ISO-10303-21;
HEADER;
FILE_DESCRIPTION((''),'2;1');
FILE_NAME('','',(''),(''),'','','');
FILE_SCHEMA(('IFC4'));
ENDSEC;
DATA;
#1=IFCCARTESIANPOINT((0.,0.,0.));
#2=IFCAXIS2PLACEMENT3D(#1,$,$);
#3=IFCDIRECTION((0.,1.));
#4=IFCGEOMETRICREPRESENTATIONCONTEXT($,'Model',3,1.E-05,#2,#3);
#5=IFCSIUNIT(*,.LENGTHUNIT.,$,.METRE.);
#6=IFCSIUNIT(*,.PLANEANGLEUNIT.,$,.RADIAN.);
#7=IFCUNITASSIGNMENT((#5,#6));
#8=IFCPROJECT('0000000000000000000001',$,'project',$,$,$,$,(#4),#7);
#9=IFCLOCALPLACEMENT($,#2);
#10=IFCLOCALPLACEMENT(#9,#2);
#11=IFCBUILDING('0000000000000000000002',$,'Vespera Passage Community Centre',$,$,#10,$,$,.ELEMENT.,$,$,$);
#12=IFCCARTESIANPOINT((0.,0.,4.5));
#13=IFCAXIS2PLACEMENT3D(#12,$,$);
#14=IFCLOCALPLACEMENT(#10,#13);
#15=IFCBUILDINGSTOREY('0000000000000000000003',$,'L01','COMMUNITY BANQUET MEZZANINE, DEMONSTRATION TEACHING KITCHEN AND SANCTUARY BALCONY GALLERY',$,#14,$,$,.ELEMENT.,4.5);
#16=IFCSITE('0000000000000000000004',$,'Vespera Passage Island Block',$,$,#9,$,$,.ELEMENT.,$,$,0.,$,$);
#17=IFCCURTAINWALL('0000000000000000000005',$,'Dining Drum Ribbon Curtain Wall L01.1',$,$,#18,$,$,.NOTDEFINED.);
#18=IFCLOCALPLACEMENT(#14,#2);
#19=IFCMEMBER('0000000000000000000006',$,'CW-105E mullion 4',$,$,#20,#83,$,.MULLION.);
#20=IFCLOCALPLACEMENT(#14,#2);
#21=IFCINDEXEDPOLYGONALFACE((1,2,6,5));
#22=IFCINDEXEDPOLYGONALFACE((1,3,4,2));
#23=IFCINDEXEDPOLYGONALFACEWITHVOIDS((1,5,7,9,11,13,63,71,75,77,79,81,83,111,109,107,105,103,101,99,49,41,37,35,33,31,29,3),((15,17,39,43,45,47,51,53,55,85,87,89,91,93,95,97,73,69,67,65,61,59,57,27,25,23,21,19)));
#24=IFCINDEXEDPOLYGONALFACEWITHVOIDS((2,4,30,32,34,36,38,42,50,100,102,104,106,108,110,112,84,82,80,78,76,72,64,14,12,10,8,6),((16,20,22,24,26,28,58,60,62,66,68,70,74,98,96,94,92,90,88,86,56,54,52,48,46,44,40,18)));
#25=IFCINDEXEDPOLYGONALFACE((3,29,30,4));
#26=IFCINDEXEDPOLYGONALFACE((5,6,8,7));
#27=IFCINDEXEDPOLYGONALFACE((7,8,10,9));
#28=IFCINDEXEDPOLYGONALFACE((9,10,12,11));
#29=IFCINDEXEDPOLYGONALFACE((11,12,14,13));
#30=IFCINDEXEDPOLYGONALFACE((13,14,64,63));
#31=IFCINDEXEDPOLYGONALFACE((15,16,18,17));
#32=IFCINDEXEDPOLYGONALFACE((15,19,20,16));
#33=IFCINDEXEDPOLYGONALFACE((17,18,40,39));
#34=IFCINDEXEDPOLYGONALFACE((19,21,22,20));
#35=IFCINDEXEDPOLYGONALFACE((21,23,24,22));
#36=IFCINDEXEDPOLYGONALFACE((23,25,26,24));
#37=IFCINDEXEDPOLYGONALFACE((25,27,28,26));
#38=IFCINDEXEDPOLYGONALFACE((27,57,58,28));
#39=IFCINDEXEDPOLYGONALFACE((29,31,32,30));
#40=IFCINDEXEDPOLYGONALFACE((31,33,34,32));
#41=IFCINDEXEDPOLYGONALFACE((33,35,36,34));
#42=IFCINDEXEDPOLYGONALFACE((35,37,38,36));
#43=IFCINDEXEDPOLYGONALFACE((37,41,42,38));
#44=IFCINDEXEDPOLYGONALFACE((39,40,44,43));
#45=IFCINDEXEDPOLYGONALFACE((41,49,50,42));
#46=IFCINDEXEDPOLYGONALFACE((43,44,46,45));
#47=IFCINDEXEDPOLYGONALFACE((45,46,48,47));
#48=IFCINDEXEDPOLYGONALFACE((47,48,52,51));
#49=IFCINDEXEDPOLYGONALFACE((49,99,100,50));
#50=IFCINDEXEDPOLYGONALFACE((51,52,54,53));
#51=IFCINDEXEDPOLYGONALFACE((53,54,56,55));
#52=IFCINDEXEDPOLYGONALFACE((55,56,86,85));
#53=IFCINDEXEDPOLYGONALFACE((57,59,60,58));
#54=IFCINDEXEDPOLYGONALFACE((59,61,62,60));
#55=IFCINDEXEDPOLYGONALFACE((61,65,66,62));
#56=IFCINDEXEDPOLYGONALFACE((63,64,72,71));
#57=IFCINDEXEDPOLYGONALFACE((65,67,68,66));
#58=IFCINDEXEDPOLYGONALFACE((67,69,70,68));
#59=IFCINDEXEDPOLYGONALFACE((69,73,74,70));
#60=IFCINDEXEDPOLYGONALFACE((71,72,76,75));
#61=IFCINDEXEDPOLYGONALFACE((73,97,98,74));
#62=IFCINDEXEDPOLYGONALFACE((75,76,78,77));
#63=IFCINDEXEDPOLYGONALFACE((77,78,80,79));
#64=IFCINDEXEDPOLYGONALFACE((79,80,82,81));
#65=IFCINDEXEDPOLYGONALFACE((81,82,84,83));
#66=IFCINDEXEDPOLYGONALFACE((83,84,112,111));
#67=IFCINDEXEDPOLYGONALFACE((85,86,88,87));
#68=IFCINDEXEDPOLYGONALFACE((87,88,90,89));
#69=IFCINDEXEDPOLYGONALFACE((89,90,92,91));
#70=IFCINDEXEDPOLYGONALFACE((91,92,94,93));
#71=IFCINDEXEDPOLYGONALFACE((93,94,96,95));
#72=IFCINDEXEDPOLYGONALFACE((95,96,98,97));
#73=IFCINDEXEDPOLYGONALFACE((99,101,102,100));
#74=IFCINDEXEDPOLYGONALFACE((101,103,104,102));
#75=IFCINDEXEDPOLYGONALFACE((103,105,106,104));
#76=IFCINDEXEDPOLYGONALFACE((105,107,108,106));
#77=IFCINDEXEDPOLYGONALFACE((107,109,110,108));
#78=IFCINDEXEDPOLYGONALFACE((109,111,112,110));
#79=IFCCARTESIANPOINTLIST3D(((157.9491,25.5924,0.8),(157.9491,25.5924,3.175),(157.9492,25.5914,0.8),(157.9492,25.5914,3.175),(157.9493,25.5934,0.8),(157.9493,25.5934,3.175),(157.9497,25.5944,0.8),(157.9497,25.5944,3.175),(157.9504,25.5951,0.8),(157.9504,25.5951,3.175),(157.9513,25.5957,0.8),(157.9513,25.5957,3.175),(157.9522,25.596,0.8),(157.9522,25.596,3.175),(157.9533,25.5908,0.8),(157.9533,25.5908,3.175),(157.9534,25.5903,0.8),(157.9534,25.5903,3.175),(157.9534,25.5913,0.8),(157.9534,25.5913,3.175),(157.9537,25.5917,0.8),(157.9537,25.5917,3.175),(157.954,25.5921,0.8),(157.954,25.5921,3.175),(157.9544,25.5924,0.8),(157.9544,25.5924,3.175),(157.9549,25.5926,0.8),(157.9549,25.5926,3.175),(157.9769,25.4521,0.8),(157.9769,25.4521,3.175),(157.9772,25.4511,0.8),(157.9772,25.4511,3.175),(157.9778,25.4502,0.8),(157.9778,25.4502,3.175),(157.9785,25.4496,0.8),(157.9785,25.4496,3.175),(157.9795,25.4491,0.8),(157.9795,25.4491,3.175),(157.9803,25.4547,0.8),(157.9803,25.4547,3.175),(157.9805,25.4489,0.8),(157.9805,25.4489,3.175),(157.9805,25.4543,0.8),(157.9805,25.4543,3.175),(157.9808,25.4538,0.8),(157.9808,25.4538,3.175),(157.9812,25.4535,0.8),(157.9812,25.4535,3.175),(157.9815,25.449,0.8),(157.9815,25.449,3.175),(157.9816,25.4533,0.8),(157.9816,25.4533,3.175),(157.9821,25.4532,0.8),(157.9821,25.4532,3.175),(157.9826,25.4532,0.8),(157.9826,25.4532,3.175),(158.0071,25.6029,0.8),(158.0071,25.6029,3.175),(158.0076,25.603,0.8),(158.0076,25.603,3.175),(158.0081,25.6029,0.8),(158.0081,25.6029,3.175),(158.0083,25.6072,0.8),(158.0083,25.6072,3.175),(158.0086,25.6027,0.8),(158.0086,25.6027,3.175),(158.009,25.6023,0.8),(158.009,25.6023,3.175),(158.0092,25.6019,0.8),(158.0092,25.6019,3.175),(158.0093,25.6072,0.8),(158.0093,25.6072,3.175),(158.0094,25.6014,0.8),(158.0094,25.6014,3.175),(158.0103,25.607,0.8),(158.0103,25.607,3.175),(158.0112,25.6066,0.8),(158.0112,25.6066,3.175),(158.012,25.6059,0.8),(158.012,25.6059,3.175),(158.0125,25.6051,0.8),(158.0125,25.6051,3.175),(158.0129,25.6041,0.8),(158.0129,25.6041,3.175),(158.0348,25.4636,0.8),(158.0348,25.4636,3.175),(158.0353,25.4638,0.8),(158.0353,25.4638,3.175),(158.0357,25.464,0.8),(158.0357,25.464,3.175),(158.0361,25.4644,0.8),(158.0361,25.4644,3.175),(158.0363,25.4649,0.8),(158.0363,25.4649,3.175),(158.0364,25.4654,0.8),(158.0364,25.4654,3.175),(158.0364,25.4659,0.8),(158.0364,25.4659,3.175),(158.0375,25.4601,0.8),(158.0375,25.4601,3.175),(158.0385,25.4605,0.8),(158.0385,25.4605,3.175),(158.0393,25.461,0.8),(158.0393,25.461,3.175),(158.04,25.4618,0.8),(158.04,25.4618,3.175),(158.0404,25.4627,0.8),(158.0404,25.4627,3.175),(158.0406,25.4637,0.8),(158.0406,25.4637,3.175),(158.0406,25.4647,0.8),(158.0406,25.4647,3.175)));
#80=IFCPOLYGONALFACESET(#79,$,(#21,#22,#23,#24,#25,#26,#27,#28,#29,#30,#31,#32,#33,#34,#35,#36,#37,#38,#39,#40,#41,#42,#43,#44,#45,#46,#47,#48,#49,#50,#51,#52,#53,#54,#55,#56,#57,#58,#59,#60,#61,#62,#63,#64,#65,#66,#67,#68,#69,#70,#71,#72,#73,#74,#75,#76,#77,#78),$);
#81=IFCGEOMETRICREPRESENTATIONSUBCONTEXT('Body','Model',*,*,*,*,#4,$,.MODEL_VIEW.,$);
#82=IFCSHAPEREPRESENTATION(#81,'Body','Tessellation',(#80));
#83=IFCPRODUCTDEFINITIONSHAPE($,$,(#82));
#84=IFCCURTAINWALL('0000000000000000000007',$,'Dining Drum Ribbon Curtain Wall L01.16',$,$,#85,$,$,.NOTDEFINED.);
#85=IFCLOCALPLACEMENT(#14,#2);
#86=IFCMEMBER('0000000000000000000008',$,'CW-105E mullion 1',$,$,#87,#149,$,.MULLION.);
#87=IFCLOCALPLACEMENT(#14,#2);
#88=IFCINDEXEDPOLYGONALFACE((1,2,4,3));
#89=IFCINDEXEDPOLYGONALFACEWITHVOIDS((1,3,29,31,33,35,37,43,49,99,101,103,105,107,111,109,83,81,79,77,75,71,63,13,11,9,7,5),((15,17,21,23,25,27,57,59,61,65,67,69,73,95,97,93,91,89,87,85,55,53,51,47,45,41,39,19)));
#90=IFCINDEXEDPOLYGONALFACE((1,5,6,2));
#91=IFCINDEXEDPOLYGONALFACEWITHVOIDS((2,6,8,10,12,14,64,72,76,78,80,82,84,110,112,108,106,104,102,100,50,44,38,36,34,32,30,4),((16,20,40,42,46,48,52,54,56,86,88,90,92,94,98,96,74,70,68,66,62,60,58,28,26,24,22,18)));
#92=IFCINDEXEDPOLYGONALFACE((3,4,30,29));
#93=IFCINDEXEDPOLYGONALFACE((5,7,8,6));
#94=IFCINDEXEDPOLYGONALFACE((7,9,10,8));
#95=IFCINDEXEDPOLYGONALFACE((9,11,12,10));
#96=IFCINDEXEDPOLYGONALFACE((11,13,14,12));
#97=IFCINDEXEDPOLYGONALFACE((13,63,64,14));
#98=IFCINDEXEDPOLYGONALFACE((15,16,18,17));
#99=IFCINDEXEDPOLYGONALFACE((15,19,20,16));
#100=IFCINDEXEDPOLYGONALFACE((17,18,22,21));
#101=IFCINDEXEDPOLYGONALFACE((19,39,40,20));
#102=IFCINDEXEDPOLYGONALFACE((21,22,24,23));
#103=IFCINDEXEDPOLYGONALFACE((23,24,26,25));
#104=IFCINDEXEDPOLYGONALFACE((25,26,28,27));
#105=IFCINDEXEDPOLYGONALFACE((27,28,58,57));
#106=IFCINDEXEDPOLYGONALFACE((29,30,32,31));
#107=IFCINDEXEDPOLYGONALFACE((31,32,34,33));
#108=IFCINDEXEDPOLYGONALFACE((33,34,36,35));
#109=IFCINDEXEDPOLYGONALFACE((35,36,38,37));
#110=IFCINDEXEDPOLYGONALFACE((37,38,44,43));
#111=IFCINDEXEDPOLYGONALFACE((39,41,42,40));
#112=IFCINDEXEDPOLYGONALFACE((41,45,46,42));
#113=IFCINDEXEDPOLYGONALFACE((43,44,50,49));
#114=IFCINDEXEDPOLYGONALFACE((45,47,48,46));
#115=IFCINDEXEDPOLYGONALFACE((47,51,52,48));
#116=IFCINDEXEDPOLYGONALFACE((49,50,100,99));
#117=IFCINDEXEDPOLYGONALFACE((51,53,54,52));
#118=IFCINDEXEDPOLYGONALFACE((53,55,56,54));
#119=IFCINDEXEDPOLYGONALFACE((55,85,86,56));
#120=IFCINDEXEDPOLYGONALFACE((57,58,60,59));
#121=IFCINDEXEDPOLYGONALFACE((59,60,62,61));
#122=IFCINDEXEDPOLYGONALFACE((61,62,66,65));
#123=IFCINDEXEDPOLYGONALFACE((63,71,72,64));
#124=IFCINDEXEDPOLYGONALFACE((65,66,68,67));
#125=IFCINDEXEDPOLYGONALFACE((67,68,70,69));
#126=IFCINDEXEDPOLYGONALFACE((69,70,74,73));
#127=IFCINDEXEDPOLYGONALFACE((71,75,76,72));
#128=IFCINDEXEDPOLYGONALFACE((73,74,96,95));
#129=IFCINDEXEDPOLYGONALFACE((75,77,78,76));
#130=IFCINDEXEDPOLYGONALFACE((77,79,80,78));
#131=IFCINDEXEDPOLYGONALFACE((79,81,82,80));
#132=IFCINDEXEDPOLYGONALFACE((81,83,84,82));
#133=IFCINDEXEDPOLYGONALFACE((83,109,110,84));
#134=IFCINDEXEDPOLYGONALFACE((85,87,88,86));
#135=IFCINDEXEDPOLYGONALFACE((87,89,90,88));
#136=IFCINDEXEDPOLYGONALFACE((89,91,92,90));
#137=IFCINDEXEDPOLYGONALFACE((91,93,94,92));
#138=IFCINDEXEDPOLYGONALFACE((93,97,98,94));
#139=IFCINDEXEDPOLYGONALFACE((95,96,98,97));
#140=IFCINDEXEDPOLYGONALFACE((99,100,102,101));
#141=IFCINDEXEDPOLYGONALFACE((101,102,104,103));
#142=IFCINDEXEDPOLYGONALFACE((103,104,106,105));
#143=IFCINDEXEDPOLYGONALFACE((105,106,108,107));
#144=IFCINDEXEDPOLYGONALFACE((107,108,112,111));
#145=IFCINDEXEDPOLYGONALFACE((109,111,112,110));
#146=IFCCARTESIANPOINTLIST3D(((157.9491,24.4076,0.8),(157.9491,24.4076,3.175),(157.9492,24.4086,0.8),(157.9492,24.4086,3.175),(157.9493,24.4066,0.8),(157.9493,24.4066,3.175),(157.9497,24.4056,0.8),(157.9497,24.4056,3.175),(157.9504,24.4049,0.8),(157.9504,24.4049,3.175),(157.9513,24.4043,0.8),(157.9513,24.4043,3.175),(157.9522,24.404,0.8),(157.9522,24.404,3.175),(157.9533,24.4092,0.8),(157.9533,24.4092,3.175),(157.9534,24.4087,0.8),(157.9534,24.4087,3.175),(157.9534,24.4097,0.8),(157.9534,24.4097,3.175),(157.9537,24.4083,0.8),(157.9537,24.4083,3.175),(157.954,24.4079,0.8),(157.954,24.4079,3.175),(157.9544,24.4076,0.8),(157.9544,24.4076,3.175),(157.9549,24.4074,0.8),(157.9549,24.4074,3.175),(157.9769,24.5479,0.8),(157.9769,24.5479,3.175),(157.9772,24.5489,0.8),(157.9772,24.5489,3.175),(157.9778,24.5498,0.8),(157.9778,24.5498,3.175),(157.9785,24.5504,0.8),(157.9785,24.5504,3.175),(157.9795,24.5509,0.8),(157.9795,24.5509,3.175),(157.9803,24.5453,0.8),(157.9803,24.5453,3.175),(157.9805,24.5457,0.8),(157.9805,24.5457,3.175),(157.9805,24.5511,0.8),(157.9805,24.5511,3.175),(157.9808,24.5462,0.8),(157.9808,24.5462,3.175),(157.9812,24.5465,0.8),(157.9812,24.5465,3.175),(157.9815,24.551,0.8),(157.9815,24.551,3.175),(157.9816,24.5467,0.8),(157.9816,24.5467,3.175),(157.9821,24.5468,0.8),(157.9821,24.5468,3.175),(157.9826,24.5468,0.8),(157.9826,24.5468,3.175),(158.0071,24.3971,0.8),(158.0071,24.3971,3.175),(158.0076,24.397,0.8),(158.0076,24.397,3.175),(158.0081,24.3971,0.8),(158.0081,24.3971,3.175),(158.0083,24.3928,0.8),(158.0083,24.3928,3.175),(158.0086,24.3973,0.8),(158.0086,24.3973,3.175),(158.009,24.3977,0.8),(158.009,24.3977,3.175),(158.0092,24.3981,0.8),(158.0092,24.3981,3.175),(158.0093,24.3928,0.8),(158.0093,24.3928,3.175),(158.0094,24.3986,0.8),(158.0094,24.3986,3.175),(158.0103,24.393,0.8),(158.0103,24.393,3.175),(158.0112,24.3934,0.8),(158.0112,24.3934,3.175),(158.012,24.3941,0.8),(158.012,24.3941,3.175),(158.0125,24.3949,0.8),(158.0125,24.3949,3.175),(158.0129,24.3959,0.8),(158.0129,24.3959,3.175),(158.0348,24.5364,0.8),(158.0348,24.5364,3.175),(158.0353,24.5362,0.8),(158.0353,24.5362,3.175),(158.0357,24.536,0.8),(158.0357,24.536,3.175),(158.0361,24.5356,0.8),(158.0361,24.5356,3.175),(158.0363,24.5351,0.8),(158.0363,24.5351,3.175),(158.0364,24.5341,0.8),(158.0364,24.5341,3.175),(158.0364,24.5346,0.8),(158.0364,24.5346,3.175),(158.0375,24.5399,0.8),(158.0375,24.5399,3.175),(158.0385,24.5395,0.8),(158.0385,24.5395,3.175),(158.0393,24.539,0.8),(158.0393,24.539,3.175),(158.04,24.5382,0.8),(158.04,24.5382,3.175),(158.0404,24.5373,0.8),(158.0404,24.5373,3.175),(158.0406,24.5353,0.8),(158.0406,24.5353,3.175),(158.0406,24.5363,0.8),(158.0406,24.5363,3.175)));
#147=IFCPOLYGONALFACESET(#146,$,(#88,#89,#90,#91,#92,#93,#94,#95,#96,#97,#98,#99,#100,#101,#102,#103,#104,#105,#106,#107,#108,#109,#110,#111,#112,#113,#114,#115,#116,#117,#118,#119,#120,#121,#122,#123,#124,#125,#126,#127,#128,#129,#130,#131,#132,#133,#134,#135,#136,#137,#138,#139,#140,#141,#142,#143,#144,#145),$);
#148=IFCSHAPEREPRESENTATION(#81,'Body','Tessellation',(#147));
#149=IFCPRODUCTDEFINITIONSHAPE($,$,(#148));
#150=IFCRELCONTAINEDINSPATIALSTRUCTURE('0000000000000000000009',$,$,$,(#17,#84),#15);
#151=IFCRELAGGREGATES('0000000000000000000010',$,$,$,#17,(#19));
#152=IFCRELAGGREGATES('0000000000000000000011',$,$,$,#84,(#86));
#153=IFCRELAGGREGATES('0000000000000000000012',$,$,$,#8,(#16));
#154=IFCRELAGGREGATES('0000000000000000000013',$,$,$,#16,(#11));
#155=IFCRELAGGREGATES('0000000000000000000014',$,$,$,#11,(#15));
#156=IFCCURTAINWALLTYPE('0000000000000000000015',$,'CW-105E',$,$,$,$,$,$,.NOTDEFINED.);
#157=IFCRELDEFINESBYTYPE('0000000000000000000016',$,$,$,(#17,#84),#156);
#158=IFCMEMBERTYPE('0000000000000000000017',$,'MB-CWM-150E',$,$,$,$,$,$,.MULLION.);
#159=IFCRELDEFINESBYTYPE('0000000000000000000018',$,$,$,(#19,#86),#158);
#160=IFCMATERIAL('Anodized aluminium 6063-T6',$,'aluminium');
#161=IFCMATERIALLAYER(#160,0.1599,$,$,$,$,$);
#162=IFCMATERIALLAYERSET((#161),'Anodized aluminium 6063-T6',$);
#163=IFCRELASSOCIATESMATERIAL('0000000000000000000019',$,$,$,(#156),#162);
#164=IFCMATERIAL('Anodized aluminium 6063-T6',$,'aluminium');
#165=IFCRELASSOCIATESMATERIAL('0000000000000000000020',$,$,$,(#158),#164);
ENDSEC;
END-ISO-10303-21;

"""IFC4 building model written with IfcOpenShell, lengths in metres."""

from ifc_helpers import new_model, si_unit, direction, frame, origin, origin_2d, place, context, subcontext, project, spatial, hollow_rectangle, extrude, material, layer, layer_set, material_profile, profile_set, type_object, element, aggregate, save


model = new_model("IFC4")

# Units and contexts
model_context = context("Model", 3, precision=1e-05, world=origin(), true_north=direction((0.0, 1.0)))
body_context = subcontext(model_context, "Body", "Model", "MODEL_VIEW")
ifc_project = project(units=[si_unit("LENGTHUNIT", "METRE"), si_unit("PLANEANGLEUNIT", "RADIAN")], contexts=[model_context])

# Site, building, storey
site_placement = place(None, origin())
site = spatial("IfcSite", under=ifc_project, at=site_placement, Name="Vespera Passage Island Block", CompositionType="ELEMENT", RefElevation=0.0)
building_placement = place(site_placement, origin())
building = spatial("IfcBuilding", under=site, at=building_placement, Name="Vespera Passage Community Centre", CompositionType="ELEMENT")
storey_placement = place(building_placement, frame((0.0, 0.0, 4.5)))
storey = spatial("IfcBuildingStorey", under=building, at=storey_placement, Name="L01", Description="COMMUNITY BANQUET MEZZANINE, DEMONSTRATION TEACHING KITCHEN AND SANCTUARY BALCONY GALLERY", CompositionType="ELEMENT", Elevation=4.5)

# Curtain wall, member
ifc_material_1 = material(Name="Anodized aluminium 6063-T6", Category="aluminium")
ifc_layer_1 = layer(ifc_material_1, 0.1599)
ifc_layer_set_1 = layer_set([ifc_layer_1], Name="Anodized aluminium 6063-T6")
curtain_wall_type = type_object("IfcCurtainWallType", Name="CW-105E", PredefinedType="NOTDEFINED", material=ifc_layer_set_1)
curtain_wall_1_placement = place(storey_placement, origin())
curtain_wall_1 = element("IfcCurtainWall", 1, at=curtain_wall_1_placement, inside=storey, type_object=curtain_wall_type, Name="Dining Drum Ribbon Curtain Wall L01.1", PredefinedType="NOTDEFINED")
ifc_material_2 = material(Name="Anodized aluminium 6063-T6", Category="aluminium")
ifc_material_profile_1 = material_profile(ifc_material_2, hollow_rectangle(XDim=0.0649, YDim=0.1499, WallThickness=0.0039, InnerFilletRadius=0.002, OuterFilletRadius=0.0039, at=origin_2d()), Name="ALU150X65X4")
ifc_profile_set_1 = profile_set([ifc_material_profile_1], Name="Anodized aluminium 6063-T6")
member_type_1 = type_object("IfcMemberType", Name="MB-CWM-150E", PredefinedType="MULLION", material=ifc_profile_set_1)
member_1_placement = place(storey_placement, frame((157.9949, 25.5281, 0.8), z_axis=(0.0, 0.0, 1.0), x_axis=(0.980784, 0.195097, 0.0)))
member_1 = element("IfcMember", 2, at=member_1_placement, type_object=member_type_1, Name="CW-105E mullion 4", PredefinedType="MULLION", context=body_context, shape_type="SweptSolid", body=[
    extrude(hollow_rectangle(XDim=0.0649, YDim=0.1499, WallThickness=0.0039, InnerFilletRadius=0.002, OuterFilletRadius=0.0039, at=origin_2d()), origin(), (0.0, 0.0, 1.0), 2.375),
])

# Curtain wall, member
curtain_wall_2_placement = place(storey_placement, origin())
curtain_wall_2 = element("IfcCurtainWall", 3, at=curtain_wall_2_placement, inside=storey, type_object=curtain_wall_type, Name="Dining Drum Ribbon Curtain Wall L01.16", PredefinedType="NOTDEFINED")
member_2_placement = place(storey_placement, frame((157.9949, 24.4719, 0.8), z_axis=(0.0, 0.0, 1.0), x_axis=(0.980784, -0.195097, 0.0)))
member_2 = element("IfcMember", 4, at=member_2_placement, type_object=member_type_1, Name="CW-105E mullion 1", PredefinedType="MULLION", context=body_context, shape_type="SweptSolid", body=[
    extrude(hollow_rectangle(XDim=0.0649, YDim=0.1499, WallThickness=0.0039, InnerFilletRadius=0.002, OuterFilletRadius=0.0039, at=origin_2d()), origin(), (0.0, 0.0, 1.0), 2.375),
])

aggregate(curtain_wall_1, [member_1])
aggregate(curtain_wall_2, [member_2])

save(model, "model.ifc")
